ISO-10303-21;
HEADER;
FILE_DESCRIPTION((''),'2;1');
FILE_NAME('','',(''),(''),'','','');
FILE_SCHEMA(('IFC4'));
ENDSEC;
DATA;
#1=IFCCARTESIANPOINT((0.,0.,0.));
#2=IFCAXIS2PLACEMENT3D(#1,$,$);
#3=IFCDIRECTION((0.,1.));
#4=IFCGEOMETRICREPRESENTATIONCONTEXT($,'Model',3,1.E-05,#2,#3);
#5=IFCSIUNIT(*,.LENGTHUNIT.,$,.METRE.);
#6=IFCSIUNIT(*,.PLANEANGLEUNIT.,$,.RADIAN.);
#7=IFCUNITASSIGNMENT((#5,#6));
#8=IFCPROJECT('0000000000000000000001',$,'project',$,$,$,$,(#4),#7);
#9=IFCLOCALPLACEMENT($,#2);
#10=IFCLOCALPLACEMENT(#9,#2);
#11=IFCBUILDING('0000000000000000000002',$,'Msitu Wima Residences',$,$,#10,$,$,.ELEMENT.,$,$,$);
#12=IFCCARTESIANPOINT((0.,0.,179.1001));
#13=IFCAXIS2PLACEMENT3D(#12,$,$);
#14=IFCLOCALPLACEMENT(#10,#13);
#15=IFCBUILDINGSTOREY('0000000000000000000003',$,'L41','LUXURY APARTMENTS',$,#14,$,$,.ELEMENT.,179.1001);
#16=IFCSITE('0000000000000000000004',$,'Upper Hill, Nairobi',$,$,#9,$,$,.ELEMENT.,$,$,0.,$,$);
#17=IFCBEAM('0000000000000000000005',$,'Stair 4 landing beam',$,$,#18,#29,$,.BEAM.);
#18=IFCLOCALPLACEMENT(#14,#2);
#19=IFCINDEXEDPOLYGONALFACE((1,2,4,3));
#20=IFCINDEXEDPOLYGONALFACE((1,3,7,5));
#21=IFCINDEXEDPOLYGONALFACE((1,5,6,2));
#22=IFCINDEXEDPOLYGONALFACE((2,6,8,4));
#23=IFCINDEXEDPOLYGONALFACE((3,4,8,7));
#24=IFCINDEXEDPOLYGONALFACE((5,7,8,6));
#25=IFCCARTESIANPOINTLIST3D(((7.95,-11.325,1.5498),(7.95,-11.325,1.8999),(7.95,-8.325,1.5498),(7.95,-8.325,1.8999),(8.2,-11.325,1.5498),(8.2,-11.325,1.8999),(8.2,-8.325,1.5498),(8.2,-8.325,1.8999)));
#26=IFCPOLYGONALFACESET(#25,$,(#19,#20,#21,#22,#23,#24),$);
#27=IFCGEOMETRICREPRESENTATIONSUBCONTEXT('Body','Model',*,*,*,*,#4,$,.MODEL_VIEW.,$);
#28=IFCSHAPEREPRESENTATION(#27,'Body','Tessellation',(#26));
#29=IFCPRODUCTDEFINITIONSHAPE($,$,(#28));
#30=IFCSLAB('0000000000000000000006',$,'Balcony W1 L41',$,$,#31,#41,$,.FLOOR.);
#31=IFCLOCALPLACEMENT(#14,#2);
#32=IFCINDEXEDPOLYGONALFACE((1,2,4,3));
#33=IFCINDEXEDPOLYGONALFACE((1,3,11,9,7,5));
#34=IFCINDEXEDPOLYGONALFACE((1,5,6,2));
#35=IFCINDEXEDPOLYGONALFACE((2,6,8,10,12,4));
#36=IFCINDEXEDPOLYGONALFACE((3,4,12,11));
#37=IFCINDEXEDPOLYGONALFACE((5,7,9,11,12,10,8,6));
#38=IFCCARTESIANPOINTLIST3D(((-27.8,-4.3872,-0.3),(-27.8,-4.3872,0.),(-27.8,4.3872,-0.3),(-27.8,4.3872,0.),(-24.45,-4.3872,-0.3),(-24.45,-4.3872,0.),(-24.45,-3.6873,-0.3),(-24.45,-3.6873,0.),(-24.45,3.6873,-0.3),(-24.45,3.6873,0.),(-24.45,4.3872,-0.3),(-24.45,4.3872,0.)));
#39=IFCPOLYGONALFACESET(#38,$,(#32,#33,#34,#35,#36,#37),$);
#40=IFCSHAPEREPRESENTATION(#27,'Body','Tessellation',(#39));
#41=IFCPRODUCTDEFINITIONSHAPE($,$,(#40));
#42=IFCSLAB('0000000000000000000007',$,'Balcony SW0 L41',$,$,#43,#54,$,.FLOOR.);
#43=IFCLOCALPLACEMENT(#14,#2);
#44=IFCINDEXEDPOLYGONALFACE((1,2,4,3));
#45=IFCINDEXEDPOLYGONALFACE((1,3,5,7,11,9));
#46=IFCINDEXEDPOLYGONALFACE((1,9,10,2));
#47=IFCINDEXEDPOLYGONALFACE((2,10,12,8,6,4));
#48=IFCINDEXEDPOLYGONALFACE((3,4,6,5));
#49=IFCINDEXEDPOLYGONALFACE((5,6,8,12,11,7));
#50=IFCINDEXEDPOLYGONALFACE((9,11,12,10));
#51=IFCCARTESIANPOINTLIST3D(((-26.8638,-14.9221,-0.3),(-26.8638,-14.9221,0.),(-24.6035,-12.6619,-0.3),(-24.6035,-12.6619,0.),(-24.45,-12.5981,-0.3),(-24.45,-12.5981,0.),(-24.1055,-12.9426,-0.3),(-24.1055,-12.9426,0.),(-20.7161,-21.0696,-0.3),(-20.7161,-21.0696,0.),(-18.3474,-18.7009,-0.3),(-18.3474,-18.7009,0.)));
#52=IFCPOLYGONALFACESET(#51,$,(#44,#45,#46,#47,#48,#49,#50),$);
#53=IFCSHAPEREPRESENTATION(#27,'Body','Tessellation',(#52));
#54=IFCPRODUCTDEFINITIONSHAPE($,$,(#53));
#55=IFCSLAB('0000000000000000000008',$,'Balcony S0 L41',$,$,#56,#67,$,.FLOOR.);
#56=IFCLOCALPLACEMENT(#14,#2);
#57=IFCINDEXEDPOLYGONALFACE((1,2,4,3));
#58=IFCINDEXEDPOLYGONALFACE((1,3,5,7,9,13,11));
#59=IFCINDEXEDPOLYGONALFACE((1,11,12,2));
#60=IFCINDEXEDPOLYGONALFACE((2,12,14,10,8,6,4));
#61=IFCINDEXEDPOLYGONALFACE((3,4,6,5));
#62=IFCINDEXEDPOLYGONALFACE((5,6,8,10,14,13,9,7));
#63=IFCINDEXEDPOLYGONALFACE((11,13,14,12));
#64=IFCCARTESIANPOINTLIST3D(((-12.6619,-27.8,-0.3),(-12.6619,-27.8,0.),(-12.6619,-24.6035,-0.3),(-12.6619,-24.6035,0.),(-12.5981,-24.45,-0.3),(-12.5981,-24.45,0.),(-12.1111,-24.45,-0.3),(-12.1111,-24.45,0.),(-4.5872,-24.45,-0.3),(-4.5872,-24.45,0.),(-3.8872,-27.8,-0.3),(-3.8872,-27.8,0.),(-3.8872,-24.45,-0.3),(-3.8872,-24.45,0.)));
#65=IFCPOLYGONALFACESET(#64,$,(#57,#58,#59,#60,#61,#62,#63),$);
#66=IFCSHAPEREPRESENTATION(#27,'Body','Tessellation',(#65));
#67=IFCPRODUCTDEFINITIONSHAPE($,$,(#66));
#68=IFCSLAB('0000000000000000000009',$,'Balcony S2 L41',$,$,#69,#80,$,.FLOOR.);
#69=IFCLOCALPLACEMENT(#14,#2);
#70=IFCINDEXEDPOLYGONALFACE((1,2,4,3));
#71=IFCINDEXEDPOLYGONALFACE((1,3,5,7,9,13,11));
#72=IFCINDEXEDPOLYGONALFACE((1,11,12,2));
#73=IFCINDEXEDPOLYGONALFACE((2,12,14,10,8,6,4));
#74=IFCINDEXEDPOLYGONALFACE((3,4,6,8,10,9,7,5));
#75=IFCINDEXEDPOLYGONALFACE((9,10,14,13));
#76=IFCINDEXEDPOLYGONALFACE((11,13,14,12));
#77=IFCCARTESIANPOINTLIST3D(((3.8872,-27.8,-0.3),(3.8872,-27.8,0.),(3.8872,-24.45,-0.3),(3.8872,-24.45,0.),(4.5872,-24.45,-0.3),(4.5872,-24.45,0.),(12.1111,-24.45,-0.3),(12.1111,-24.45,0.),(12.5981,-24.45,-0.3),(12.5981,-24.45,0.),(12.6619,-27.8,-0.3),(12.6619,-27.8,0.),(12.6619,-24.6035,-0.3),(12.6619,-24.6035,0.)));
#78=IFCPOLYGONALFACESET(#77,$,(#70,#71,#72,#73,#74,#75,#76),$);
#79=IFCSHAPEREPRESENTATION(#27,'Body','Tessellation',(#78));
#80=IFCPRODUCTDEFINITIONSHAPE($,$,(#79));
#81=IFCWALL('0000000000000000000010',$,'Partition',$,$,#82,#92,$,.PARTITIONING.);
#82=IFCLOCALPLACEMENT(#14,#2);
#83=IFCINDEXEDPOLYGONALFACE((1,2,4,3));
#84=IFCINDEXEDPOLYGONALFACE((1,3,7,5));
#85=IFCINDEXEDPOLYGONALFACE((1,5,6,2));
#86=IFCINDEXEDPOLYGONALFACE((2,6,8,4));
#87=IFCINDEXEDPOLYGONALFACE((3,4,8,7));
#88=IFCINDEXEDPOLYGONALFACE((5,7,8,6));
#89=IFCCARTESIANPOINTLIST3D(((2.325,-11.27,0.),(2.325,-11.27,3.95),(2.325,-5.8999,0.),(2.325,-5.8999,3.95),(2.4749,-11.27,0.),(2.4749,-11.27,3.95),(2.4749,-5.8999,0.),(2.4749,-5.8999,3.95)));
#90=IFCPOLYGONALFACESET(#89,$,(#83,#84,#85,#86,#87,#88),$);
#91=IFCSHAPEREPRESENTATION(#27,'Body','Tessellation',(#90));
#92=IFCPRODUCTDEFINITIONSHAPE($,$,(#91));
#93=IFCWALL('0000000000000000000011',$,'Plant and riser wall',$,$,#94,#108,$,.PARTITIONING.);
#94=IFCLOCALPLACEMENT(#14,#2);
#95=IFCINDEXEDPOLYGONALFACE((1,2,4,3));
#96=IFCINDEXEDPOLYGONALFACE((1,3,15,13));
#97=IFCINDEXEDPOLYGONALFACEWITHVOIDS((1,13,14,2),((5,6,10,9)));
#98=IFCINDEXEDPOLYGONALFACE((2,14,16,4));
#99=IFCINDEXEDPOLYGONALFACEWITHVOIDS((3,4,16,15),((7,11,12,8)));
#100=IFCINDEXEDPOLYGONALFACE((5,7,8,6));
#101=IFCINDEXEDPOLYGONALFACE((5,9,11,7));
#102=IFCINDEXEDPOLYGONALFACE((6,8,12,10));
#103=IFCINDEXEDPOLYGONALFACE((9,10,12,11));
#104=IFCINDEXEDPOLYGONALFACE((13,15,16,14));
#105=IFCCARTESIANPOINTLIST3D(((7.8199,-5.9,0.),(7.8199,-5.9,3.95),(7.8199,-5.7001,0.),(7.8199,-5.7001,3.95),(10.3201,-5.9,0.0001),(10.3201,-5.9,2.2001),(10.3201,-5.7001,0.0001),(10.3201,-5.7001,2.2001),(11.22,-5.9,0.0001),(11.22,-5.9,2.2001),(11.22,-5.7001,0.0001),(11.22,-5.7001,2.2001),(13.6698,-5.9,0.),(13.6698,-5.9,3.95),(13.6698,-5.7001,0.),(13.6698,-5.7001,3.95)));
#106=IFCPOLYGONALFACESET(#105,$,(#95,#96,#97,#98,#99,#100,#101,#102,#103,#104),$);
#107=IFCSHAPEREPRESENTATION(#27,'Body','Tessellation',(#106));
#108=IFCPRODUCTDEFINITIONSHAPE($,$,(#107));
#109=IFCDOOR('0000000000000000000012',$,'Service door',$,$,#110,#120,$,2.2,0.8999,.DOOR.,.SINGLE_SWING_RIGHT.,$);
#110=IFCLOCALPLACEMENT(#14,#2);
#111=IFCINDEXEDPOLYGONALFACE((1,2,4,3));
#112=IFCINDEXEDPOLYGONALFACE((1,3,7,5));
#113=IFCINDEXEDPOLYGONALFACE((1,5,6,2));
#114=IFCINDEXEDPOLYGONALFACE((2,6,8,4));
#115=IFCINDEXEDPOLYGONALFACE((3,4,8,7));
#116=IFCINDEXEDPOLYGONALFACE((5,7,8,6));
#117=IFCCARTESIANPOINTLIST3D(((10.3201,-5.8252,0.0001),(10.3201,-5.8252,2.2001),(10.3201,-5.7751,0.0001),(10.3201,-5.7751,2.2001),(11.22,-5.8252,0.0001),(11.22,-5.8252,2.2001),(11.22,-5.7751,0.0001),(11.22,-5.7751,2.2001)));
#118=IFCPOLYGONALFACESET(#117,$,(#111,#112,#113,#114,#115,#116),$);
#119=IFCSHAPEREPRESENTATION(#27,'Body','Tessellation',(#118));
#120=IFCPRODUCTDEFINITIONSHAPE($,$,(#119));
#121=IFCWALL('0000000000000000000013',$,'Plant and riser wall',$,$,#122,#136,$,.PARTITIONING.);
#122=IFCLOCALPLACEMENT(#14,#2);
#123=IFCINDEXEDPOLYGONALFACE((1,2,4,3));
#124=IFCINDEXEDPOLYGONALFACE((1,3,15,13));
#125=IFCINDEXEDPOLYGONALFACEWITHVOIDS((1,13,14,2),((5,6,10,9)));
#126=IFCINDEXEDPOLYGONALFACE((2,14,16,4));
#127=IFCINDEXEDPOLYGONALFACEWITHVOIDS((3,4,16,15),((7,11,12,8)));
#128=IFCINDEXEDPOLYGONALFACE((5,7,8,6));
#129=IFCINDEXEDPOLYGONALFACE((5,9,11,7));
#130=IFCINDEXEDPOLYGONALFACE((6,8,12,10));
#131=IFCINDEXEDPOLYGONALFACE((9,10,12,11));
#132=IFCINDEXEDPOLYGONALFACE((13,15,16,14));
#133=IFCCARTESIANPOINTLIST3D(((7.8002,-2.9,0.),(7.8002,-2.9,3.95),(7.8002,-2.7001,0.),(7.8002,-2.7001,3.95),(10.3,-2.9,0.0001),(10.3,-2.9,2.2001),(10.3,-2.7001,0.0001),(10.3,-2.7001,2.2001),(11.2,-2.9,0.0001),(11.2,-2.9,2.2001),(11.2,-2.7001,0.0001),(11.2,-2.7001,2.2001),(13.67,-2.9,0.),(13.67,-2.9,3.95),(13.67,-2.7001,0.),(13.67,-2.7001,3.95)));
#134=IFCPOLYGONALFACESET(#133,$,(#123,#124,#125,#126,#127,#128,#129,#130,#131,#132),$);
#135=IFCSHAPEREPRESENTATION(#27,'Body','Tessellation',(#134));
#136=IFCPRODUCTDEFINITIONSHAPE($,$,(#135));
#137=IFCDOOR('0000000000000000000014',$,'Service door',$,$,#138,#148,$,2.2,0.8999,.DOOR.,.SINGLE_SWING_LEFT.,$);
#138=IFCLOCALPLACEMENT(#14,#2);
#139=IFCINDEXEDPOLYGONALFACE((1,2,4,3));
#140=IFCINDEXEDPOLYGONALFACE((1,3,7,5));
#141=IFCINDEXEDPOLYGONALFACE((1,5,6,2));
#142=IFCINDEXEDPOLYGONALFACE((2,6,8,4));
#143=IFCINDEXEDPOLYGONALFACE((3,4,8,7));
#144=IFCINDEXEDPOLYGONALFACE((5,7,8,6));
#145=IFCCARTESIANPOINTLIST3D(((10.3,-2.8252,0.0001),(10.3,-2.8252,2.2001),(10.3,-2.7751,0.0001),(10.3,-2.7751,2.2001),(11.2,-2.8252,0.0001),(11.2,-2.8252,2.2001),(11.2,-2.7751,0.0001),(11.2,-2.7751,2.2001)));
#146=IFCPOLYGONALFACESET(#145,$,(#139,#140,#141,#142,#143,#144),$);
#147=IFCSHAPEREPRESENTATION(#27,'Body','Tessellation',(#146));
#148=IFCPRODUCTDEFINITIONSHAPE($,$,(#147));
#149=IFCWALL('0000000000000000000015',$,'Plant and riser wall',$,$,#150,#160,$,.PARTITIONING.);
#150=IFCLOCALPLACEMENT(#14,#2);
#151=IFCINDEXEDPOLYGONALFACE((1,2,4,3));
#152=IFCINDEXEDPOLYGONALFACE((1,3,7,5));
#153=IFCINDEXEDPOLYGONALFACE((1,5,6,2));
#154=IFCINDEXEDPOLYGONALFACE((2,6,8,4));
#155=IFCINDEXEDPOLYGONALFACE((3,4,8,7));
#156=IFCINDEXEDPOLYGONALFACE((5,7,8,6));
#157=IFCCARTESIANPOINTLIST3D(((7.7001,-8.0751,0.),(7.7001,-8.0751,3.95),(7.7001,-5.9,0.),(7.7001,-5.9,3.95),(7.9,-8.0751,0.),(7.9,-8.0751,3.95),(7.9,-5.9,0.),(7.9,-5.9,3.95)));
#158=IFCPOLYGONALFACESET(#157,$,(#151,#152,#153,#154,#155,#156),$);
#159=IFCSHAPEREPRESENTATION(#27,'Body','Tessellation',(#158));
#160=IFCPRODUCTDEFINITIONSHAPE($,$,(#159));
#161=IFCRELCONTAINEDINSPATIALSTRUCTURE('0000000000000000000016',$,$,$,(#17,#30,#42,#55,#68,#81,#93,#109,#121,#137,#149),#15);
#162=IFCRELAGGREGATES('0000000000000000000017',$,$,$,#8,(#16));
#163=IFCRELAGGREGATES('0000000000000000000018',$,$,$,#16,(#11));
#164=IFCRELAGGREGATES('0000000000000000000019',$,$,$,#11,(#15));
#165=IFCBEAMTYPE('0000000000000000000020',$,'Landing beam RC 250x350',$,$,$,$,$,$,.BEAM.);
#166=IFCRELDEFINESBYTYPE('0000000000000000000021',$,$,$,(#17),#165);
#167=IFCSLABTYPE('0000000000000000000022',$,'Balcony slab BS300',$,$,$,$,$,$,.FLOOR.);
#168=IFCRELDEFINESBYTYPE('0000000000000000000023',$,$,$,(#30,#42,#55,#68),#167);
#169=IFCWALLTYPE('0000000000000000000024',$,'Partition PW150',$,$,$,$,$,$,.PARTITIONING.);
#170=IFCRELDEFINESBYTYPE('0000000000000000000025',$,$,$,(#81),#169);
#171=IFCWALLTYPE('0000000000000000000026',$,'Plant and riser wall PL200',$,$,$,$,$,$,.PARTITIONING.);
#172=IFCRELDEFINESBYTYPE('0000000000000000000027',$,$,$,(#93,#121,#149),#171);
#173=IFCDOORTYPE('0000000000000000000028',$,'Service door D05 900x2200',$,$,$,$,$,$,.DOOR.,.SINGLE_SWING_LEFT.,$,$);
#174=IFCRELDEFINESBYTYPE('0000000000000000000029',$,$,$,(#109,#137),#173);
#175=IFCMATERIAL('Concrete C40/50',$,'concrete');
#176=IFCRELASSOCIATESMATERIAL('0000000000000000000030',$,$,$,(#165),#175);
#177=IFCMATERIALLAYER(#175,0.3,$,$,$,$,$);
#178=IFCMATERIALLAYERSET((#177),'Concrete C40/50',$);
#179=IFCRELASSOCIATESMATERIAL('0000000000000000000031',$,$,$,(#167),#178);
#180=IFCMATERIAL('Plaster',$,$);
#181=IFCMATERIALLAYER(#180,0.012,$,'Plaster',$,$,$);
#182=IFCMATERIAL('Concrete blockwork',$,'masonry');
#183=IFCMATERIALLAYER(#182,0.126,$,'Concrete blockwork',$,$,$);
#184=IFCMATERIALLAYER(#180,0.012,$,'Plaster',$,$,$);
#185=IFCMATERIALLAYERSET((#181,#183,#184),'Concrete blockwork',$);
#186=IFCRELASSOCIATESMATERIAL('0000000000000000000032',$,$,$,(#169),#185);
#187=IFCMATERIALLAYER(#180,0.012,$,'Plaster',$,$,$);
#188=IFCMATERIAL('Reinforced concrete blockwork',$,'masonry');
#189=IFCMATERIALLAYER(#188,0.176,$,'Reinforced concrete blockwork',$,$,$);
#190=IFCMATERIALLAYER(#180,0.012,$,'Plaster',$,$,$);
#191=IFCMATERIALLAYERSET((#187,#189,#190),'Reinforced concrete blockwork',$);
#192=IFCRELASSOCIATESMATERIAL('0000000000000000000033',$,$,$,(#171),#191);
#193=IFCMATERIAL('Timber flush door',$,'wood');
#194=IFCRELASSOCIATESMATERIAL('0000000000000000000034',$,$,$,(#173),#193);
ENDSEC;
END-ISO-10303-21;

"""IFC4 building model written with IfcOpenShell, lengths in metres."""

from ifc_helpers import new_model, si_unit, direction, frame, frame_2d, origin, origin_2d, place, context, subcontext, project, spatial, polyline, rectangle, outline, extrude, material, layer, layer_set, material_profile, profile_set, type_object, element, fill, save


model = new_model("IFC4")

# Units and contexts
model_context = context("Model", 3, precision=1e-05, world=origin(), true_north=direction((0.0, 1.0)))
body_context = subcontext(model_context, "Body", "Model", "MODEL_VIEW")
ifc_project = project(units=[si_unit("LENGTHUNIT", "METRE"), si_unit("PLANEANGLEUNIT", "RADIAN")], contexts=[model_context])

# Site, building, storey
site_placement = place(None, origin())
site = spatial("IfcSite", under=ifc_project, at=site_placement, Name="Upper Hill, Nairobi", CompositionType="ELEMENT", RefElevation=0.0)
building_placement = place(site_placement, origin())
building = spatial("IfcBuilding", under=site, at=building_placement, Name="Msitu Wima Residences", CompositionType="ELEMENT")
storey_placement = place(building_placement, frame((0.0, 0.0, 179.1001)))
storey = spatial("IfcBuildingStorey", under=building, at=storey_placement, Name="L41", Description="LUXURY APARTMENTS", CompositionType="ELEMENT", Elevation=179.1001)

# Beam
ifc_material_1 = material(Name="Concrete C40/50", Category="concrete")
ifc_material_profile = material_profile(ifc_material_1, rectangle(XDim=0.25, YDim=0.3501, at=origin_2d()), Name="RC 250x350")
ifc_profile_set = profile_set([ifc_material_profile], Name="Concrete C40/50")
beam_type = type_object("IfcBeamType", Name="Landing beam RC 250x350", PredefinedType="BEAM", material=ifc_profile_set)
beam_placement = place(storey_placement, frame((8.075, -11.325, 1.7249), z_axis=(0.0, 1.0, 0.0), x_axis=(-1.0, 0.0, 0.0)))
element("IfcBeam", 1, at=beam_placement, inside=storey, type_object=beam_type, Name="Stair 4 landing beam", PredefinedType="BEAM", context=body_context, shape_type="SweptSolid", body=[
    extrude(rectangle(XDim=0.25, YDim=0.3501, at=origin_2d()), origin(), (0.0, 0.0, 1.0), 3.0),
])

# Slabs
ifc_layer_1 = layer(ifc_material_1, 0.3)
ifc_layer_set_1 = layer_set([ifc_layer_1], Name="Concrete C40/50")
slab_type = type_object("IfcSlabType", Name="Balcony slab BS300", PredefinedType="FLOOR", material=ifc_layer_set_1)
slab_1_placement = place(storey_placement, frame((0.0, 0.0, -0.3)))
element("IfcSlab", 2, at=slab_1_placement, inside=storey, type_object=slab_type, Name="Balcony W1 L41", PredefinedType="FLOOR", context=body_context, shape_type="SweptSolid", body=[
    extrude(outline(polyline([(-24.45, 3.6873), (-24.45, -3.6873), (-24.45, -3.6873), (-24.45, -4.3872), (-27.8, -4.3872), (-27.8, 4.3872), (-24.45, 4.3872), (-24.45, 3.6873)])), origin(), (0.0, 0.0, 1.0), 0.3),
])
slab_2_placement = place(storey_placement, frame((0.0, 0.0, -0.3)))
element("IfcSlab", 3, at=slab_2_placement, inside=storey, type_object=slab_type, Name="Balcony SW0 L41", PredefinedType="FLOOR", context=body_context, shape_type="SweptSolid", body=[
    extrude(outline(polyline([(-24.1055, -12.9426), (-24.1055, -12.9426), (-18.3474, -18.7009), (-20.7161, -21.0696), (-26.8638, -14.9221), (-24.6035, -12.6619), (-24.45, -12.5981), (-24.1055, -12.9426), (-24.1055, -12.9426)])), origin(), (0.0, 0.0, 1.0), 0.3),
])
slab_3_placement = place(storey_placement, frame((0.0, 0.0, -0.3)))
element("IfcSlab", 4, at=slab_3_placement, inside=storey, type_object=slab_type, Name="Balcony S0 L41", PredefinedType="FLOOR", context=body_context, shape_type="SweptSolid", body=[
    extrude(outline(polyline([(-12.1111, -24.45), (-12.1111, -24.45), (-4.5872, -24.45), (-3.8872, -24.45), (-3.8872, -27.8), (-12.6619, -27.8), (-12.6619, -24.6035), (-12.5981, -24.45), (-12.1111, -24.45), (-12.1111, -24.45)])), origin(), (0.0, 0.0, 1.0), 0.3),
])
slab_4_placement = place(storey_placement, frame((0.0, 0.0, -0.3)))
element("IfcSlab", 5, at=slab_4_placement, inside=storey, type_object=slab_type, Name="Balcony S2 L41", PredefinedType="FLOOR", context=body_context, shape_type="SweptSolid", body=[
    extrude(outline(polyline([(12.1111, -24.45), (12.1111, -24.45), (12.1111, -24.45), (12.5981, -24.45), (12.6619, -24.6035), (12.6619, -27.8), (3.8872, -27.8), (3.8872, -24.45), (4.5872, -24.45), (12.1111, -24.45)])), origin(), (0.0, 0.0, 1.0), 0.3),
])

# Wall
ifc_material_2 = material(Name="Plaster")
ifc_layer_2 = layer(ifc_material_2, 0.012, Name="Plaster")
ifc_material_3 = material(Name="Concrete blockwork", Category="masonry")
ifc_layer_3 = layer(ifc_material_3, 0.126, Name="Concrete blockwork")
ifc_layer_4 = layer(ifc_material_2, 0.012, Name="Plaster")
ifc_layer_set_2 = layer_set([ifc_layer_2, ifc_layer_3, ifc_layer_4], Name="Concrete blockwork")
wall_type_1 = type_object("IfcWallType", Name="Partition PW150", PredefinedType="PARTITIONING", material=ifc_layer_set_2)
wall_1_placement = place(storey_placement, frame((2.3999, -11.27, 0.0), z_axis=(0.0, 0.0, 1.0), x_axis=(0.0, 1.0, 0.0)))
element("IfcWall", 6, at=wall_1_placement, inside=storey, type_object=wall_type_1, Name="Partition", PredefinedType="PARTITIONING", context=body_context, shape_type="SweptSolid", body=[
    extrude(rectangle(XDim=5.3701, YDim=0.1499, at=frame_2d((2.6851, 0.0))), origin(), (0.0, 0.0, 1.0), 3.95),
])

# Walls, openings, doors
ifc_layer_5 = layer(ifc_material_2, 0.012, Name="Plaster")
ifc_material_4 = material(Name="Reinforced concrete blockwork", Category="masonry")
ifc_layer_6 = layer(ifc_material_4, 0.176, Name="Reinforced concrete blockwork")
ifc_layer_7 = layer(ifc_material_2, 0.012, Name="Plaster")
ifc_layer_set_3 = layer_set([ifc_layer_5, ifc_layer_6, ifc_layer_7], Name="Reinforced concrete blockwork")
wall_type_2 = type_object("IfcWallType", Name="Plant and riser wall PL200", PredefinedType="PARTITIONING", material=ifc_layer_set_3)
wall_2_placement = place(storey_placement, frame((7.8201, -5.8, 0.0), z_axis=(0.0, 0.0, 1.0), x_axis=(1.0, 0.0, 0.0)))
wall_2 = element("IfcWall", 7, at=wall_2_placement, inside=storey, type_object=wall_type_2, Name="Plant and riser wall", PredefinedType="PARTITIONING", context=body_context, shape_type="SweptSolid", body=[
    extrude(rectangle(XDim=5.8499, YDim=0.2, at=frame_2d((2.9248, 0.0))), origin(), (0.0, 0.0, 1.0), 3.95),
])
opening_1_placement = place(wall_2_placement, frame((2.5, 0.0, 0.0)))
opening_1 = element("IfcOpeningElement", 8, at=opening_1_placement, cuts=wall_2, PredefinedType="OPENING", context=body_context, shape_type="SweptSolid", body=[
    extrude(rectangle(XDim=0.8999, YDim=2.2, at=frame_2d((0.45, 1.1001))), frame((0.0, 0.1099, 0.0), z_axis=(0.0, -1.0, 0.0), x_axis=(1.0, 0.0, 0.0)), (0.0, 0.0, 1.0), 0.22),
])
ifc_material_5 = material(Name="Timber flush door", Category="wood")
door_type = type_object("IfcDoorType", Name="Service door D05 900x2200", OperationType="SINGLE_SWING_LEFT", PredefinedType="DOOR", material=ifc_material_5)
door_1_placement = place(opening_1_placement, origin())
door_1 = element("IfcDoor", 9, at=door_1_placement, inside=storey, type_object=door_type, Name="Service door", OperationType="SINGLE_SWING_RIGHT", OverallHeight=2.2, OverallWidth=0.8999, PredefinedType="DOOR", context=body_context, shape_type="SweptSolid", body=[
    extrude(rectangle(XDim=0.8999, YDim=2.2, at=frame_2d((0.45, 1.1001))), frame((0.0, 0.0249, 0.0), z_axis=(0.0, -1.0, 0.0), x_axis=(1.0, 0.0, 0.0)), (0.0, 0.0, 1.0), 0.05),
])
fill(opening_1, door_1)
wall_3_placement = place(storey_placement, frame((7.8, -2.8, 0.0), z_axis=(0.0, 0.0, 1.0), x_axis=(1.0, 0.0, 0.0)))
wall_3 = element("IfcWall", 10, at=wall_3_placement, inside=storey, type_object=wall_type_2, Name="Plant and riser wall", PredefinedType="PARTITIONING", context=body_context, shape_type="SweptSolid", body=[
    extrude(rectangle(XDim=5.8699, YDim=0.2, at=frame_2d((2.9351, 0.0))), origin(), (0.0, 0.0, 1.0), 3.95),
])
opening_2_placement = place(wall_3_placement, frame((2.5, 0.0, 0.0)))
opening_2 = element("IfcOpeningElement", 11, at=opening_2_placement, cuts=wall_3, PredefinedType="OPENING", context=body_context, shape_type="SweptSolid", body=[
    extrude(rectangle(XDim=0.8999, YDim=2.2, at=frame_2d((0.45, 1.1001))), frame((0.0, 0.1099, 0.0), z_axis=(0.0, -1.0, 0.0), x_axis=(1.0, 0.0, 0.0)), (0.0, 0.0, 1.0), 0.22),
])
door_2_placement = place(opening_2_placement, origin())
door_2 = element("IfcDoor", 12, at=door_2_placement, inside=storey, type_object=door_type, Name="Service door", OperationType="SINGLE_SWING_LEFT", OverallHeight=2.2, OverallWidth=0.8999, PredefinedType="DOOR", context=body_context, shape_type="SweptSolid", body=[
    extrude(rectangle(XDim=0.8999, YDim=2.2, at=frame_2d((0.45, 1.1001))), frame((0.0, 0.0249, 0.0), z_axis=(0.0, -1.0, 0.0), x_axis=(1.0, 0.0, 0.0)), (0.0, 0.0, 1.0), 0.05),
])
fill(opening_2, door_2)

# Wall
wall_4_placement = place(storey_placement, frame((7.8, -8.075, 0.0), z_axis=(0.0, 0.0, 1.0), x_axis=(0.0, 1.0, 0.0)))
element("IfcWall", 13, at=wall_4_placement, inside=storey, type_object=wall_type_2, Name="Plant and riser wall", PredefinedType="PARTITIONING", context=body_context, shape_type="SweptSolid", body=[
    extrude(rectangle(XDim=2.175, YDim=0.2, at=frame_2d((1.0874, 0.0))), origin(), (0.0, 0.0, 1.0), 3.95),
])

save(model, "model.ifc")
